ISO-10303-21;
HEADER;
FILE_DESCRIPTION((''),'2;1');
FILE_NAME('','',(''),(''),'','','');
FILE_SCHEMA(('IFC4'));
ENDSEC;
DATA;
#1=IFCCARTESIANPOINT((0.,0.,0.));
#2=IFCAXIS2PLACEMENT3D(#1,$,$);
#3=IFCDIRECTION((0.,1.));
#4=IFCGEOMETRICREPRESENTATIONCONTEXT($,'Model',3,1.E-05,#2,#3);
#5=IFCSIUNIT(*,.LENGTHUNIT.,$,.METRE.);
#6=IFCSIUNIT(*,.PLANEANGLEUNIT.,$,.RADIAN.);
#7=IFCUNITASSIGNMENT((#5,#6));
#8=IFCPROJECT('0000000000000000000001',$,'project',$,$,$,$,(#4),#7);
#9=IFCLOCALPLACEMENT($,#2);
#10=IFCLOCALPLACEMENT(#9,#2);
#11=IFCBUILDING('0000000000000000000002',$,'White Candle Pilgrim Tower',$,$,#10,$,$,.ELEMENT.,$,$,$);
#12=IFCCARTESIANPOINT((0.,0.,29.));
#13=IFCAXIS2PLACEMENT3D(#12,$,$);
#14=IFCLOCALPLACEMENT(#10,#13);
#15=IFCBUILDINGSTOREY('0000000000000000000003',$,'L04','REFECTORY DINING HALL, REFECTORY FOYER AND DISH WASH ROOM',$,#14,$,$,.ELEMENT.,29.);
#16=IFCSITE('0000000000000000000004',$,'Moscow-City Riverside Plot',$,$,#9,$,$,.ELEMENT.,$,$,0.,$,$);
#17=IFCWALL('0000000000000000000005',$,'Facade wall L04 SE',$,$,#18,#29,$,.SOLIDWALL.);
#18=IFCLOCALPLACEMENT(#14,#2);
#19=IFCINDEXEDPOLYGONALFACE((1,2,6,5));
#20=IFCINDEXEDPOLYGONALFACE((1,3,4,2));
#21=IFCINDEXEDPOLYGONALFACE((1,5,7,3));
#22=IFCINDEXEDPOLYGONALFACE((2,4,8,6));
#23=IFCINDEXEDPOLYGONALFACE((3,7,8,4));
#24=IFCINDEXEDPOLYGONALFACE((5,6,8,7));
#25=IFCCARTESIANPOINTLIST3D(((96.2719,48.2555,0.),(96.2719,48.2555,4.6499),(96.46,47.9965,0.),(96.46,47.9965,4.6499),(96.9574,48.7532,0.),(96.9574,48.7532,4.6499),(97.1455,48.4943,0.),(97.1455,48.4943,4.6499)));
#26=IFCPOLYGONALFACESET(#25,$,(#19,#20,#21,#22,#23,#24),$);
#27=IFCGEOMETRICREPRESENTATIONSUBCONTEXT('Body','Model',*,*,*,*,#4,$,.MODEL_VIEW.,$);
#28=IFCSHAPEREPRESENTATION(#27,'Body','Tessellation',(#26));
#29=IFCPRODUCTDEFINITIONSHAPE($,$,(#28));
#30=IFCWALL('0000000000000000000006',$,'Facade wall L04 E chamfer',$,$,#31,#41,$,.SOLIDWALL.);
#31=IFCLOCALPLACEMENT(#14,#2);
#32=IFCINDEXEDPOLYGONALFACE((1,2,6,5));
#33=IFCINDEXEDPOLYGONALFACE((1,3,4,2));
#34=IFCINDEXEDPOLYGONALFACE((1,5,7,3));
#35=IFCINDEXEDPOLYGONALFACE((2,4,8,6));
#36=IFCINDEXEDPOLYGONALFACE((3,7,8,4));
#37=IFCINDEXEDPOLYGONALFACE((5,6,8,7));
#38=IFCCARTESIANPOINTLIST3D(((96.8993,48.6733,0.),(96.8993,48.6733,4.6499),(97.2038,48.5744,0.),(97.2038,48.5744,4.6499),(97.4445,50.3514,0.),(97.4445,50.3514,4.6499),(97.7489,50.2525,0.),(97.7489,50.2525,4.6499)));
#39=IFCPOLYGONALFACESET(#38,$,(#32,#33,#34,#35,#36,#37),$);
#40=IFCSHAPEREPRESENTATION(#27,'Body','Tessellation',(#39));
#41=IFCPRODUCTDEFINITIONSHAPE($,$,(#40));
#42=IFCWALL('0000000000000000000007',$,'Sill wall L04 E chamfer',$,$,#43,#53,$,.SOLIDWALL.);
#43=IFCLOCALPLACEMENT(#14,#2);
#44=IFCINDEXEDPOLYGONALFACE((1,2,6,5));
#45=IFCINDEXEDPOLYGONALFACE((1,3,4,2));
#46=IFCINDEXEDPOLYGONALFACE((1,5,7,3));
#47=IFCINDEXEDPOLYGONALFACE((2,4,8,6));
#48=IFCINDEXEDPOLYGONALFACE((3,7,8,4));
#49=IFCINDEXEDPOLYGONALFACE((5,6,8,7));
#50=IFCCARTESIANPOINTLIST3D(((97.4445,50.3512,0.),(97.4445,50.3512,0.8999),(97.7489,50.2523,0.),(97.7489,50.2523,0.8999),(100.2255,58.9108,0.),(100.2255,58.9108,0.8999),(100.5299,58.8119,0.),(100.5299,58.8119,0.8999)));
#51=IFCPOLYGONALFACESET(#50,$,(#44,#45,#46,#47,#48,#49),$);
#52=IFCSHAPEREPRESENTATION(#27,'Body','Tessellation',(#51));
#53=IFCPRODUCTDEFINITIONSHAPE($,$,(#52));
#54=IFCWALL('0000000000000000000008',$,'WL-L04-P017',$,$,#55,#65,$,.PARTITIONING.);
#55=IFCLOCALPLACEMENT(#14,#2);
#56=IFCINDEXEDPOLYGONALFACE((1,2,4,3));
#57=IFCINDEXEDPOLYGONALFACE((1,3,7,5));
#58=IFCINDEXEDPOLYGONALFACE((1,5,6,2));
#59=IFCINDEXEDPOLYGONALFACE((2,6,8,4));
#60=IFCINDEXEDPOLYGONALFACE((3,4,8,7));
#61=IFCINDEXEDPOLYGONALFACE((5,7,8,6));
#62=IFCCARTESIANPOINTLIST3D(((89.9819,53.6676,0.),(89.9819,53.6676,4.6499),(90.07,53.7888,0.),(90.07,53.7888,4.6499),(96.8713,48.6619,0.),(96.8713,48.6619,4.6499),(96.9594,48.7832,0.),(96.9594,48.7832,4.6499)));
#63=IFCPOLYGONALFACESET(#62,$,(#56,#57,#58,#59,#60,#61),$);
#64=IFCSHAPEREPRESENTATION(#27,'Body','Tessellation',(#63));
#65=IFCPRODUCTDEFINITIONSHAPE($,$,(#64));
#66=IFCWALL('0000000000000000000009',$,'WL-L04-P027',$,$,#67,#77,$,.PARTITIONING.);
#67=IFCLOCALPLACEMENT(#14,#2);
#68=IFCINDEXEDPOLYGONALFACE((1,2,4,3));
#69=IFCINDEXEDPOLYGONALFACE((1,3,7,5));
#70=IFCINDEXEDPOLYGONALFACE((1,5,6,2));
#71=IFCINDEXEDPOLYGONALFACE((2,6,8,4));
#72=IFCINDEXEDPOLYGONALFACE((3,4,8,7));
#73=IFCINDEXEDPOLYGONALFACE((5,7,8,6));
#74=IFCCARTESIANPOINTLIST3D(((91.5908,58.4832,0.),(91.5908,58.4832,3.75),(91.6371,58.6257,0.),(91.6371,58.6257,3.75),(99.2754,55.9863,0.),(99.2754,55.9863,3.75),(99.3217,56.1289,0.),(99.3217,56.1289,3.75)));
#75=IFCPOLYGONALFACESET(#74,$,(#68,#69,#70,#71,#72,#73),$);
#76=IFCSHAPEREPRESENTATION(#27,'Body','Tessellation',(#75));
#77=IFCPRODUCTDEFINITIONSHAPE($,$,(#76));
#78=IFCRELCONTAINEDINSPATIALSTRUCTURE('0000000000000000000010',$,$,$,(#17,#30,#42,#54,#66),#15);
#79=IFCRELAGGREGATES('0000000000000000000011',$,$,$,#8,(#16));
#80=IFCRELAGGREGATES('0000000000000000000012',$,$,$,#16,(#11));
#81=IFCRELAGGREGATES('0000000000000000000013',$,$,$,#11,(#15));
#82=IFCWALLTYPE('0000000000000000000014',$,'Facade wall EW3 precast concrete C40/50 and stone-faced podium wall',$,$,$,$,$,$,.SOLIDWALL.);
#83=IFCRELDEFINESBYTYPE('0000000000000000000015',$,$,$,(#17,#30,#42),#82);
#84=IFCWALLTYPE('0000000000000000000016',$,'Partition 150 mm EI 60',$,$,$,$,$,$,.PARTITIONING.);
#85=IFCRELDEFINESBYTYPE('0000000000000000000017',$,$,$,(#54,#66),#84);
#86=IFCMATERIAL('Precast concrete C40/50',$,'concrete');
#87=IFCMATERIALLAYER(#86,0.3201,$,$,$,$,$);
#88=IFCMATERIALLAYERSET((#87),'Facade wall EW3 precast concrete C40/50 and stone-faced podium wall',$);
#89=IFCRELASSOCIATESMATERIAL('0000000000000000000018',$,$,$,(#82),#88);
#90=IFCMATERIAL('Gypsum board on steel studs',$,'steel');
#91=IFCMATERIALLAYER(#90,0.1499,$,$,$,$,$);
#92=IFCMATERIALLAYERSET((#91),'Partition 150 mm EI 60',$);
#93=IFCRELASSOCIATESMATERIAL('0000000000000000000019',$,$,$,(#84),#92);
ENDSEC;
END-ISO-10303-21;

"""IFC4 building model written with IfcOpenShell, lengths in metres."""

from ifc_helpers import new_model, si_unit, direction, frame, frame_2d, origin, place, context, subcontext, project, spatial, rectangle, extrude, material, layer, layer_set, type_object, element, save


model = new_model("IFC4")

# Units and contexts
model_context = context("Model", 3, precision=1e-05, world=origin(), true_north=direction((0.0, 1.0)))
body_context = subcontext(model_context, "Body", "Model", "MODEL_VIEW")
ifc_project = project(units=[si_unit("LENGTHUNIT", "METRE"), si_unit("PLANEANGLEUNIT", "RADIAN")], contexts=[model_context])

# Site, building, storey
site_placement = place(None, origin())
site = spatial("IfcSite", under=ifc_project, at=site_placement, Name="Moscow-City Riverside Plot", CompositionType="ELEMENT", RefElevation=0.0)
building_placement = place(site_placement, origin())
building = spatial("IfcBuilding", under=site, at=building_placement, Name="White Candle Pilgrim Tower", CompositionType="ELEMENT")
storey_placement = place(building_placement, frame((0.0, 0.0, 29.0)))
storey = spatial("IfcBuildingStorey", under=building, at=storey_placement, Name="L04", Description="REFECTORY DINING HALL, REFECTORY FOYER AND DISH WASH ROOM", CompositionType="ELEMENT", Elevation=29.0)

# Walls
ifc_material_1 = material(Name="Precast concrete C40/50", Category="concrete")
ifc_layer_1 = layer(ifc_material_1, 0.3201)
ifc_layer_set_1 = layer_set([ifc_layer_1], Name="Facade wall EW3 precast concrete C40/50 and stone-faced podium wall")
wall_type_1 = type_object("IfcWallType", Name="Facade wall EW3 precast concrete C40/50 and stone-faced podium wall", PredefinedType="SOLIDWALL", material=ifc_layer_set_1)
wall_1_placement = place(storey_placement, frame((96.366, 48.126, 0.0), z_axis=(0.0, 0.0, 1.0), x_axis=(0.809172, 0.587572, 0.0)))
element("IfcWall", 1, at=wall_1_placement, inside=storey, type_object=wall_type_1, Name="Facade wall L04 SE", PredefinedType="SOLIDWALL", context=body_context, shape_type="SweptSolid", body=[
    extrude(rectangle(XDim=0.8472, YDim=0.3201, at=frame_2d((0.4236, 0.0))), origin(), (0.0, 0.0, 1.0), 4.6499),
])
wall_2_placement = place(storey_placement, frame((97.0515, 48.6238, 0.0), z_axis=(0.0, 0.0, 1.0), x_axis=(0.308995, 0.951064, 0.0)))
element("IfcWall", 2, at=wall_2_placement, inside=storey, type_object=wall_type_1, Name="Facade wall L04 E chamfer", PredefinedType="SOLIDWALL", context=body_context, shape_type="SweptSolid", body=[
    extrude(rectangle(XDim=1.7644, YDim=0.3201, at=frame_2d((0.8823, 0.0))), origin(), (0.0, 0.0, 1.0), 4.6499),
])
wall_3_placement = place(storey_placement, frame((97.5967, 50.3018, 0.0), z_axis=(0.0, 0.0, 1.0), x_axis=(0.309, 0.951062, 0.0)))
element("IfcWall", 3, at=wall_3_placement, inside=storey, type_object=wall_type_1, Name="Sill wall L04 E chamfer", PredefinedType="SOLIDWALL", context=body_context, shape_type="SweptSolid", body=[
    extrude(rectangle(XDim=9.0, YDim=0.3201, at=frame_2d((4.5, 0.0))), origin(), (0.0, 0.0, 1.0), 0.8999),
])
ifc_material_2 = material(Name="Gypsum board on steel studs", Category="steel")
ifc_layer_2 = layer(ifc_material_2, 0.1499)
ifc_layer_set_2 = layer_set([ifc_layer_2], Name="Partition 150 mm EI 60")
wall_type_2 = type_object("IfcWallType", Name="Partition 150 mm EI 60", PredefinedType="PARTITIONING", material=ifc_layer_set_2)
wall_4_placement = place(storey_placement, frame((96.9153, 48.7227, 0.0), z_axis=(0.0, 0.0, 1.0), x_axis=(-0.809008, 0.587798, 0.0)))
element("IfcWall", 4, at=wall_4_placement, inside=storey, type_object=wall_type_2, Name="WL-L04-P017", PredefinedType="PARTITIONING", context=body_context, shape_type="SweptSolid", body=[
    extrude(rectangle(XDim=8.5159, YDim=0.1499, at=frame_2d((4.2578, 0.0))), origin(), (0.0, 0.0, 1.0), 4.6499),
])
wall_5_placement = place(storey_placement, frame((99.2986, 56.0576, 0.0), z_axis=(0.0, 0.0, 1.0), x_axis=(-0.951058, 0.309012, 0.0)))
element("IfcWall", 5, at=wall_5_placement, inside=storey, type_object=wall_type_2, Name="WL-L04-P027", PredefinedType="PARTITIONING", context=body_context, shape_type="SweptSolid", body=[
    extrude(rectangle(XDim=8.0801, YDim=0.1499, at=frame_2d((4.04, 0.0))), origin(), (0.0, 0.0, 1.0), 3.75),
])

save(model, "model.ifc")
